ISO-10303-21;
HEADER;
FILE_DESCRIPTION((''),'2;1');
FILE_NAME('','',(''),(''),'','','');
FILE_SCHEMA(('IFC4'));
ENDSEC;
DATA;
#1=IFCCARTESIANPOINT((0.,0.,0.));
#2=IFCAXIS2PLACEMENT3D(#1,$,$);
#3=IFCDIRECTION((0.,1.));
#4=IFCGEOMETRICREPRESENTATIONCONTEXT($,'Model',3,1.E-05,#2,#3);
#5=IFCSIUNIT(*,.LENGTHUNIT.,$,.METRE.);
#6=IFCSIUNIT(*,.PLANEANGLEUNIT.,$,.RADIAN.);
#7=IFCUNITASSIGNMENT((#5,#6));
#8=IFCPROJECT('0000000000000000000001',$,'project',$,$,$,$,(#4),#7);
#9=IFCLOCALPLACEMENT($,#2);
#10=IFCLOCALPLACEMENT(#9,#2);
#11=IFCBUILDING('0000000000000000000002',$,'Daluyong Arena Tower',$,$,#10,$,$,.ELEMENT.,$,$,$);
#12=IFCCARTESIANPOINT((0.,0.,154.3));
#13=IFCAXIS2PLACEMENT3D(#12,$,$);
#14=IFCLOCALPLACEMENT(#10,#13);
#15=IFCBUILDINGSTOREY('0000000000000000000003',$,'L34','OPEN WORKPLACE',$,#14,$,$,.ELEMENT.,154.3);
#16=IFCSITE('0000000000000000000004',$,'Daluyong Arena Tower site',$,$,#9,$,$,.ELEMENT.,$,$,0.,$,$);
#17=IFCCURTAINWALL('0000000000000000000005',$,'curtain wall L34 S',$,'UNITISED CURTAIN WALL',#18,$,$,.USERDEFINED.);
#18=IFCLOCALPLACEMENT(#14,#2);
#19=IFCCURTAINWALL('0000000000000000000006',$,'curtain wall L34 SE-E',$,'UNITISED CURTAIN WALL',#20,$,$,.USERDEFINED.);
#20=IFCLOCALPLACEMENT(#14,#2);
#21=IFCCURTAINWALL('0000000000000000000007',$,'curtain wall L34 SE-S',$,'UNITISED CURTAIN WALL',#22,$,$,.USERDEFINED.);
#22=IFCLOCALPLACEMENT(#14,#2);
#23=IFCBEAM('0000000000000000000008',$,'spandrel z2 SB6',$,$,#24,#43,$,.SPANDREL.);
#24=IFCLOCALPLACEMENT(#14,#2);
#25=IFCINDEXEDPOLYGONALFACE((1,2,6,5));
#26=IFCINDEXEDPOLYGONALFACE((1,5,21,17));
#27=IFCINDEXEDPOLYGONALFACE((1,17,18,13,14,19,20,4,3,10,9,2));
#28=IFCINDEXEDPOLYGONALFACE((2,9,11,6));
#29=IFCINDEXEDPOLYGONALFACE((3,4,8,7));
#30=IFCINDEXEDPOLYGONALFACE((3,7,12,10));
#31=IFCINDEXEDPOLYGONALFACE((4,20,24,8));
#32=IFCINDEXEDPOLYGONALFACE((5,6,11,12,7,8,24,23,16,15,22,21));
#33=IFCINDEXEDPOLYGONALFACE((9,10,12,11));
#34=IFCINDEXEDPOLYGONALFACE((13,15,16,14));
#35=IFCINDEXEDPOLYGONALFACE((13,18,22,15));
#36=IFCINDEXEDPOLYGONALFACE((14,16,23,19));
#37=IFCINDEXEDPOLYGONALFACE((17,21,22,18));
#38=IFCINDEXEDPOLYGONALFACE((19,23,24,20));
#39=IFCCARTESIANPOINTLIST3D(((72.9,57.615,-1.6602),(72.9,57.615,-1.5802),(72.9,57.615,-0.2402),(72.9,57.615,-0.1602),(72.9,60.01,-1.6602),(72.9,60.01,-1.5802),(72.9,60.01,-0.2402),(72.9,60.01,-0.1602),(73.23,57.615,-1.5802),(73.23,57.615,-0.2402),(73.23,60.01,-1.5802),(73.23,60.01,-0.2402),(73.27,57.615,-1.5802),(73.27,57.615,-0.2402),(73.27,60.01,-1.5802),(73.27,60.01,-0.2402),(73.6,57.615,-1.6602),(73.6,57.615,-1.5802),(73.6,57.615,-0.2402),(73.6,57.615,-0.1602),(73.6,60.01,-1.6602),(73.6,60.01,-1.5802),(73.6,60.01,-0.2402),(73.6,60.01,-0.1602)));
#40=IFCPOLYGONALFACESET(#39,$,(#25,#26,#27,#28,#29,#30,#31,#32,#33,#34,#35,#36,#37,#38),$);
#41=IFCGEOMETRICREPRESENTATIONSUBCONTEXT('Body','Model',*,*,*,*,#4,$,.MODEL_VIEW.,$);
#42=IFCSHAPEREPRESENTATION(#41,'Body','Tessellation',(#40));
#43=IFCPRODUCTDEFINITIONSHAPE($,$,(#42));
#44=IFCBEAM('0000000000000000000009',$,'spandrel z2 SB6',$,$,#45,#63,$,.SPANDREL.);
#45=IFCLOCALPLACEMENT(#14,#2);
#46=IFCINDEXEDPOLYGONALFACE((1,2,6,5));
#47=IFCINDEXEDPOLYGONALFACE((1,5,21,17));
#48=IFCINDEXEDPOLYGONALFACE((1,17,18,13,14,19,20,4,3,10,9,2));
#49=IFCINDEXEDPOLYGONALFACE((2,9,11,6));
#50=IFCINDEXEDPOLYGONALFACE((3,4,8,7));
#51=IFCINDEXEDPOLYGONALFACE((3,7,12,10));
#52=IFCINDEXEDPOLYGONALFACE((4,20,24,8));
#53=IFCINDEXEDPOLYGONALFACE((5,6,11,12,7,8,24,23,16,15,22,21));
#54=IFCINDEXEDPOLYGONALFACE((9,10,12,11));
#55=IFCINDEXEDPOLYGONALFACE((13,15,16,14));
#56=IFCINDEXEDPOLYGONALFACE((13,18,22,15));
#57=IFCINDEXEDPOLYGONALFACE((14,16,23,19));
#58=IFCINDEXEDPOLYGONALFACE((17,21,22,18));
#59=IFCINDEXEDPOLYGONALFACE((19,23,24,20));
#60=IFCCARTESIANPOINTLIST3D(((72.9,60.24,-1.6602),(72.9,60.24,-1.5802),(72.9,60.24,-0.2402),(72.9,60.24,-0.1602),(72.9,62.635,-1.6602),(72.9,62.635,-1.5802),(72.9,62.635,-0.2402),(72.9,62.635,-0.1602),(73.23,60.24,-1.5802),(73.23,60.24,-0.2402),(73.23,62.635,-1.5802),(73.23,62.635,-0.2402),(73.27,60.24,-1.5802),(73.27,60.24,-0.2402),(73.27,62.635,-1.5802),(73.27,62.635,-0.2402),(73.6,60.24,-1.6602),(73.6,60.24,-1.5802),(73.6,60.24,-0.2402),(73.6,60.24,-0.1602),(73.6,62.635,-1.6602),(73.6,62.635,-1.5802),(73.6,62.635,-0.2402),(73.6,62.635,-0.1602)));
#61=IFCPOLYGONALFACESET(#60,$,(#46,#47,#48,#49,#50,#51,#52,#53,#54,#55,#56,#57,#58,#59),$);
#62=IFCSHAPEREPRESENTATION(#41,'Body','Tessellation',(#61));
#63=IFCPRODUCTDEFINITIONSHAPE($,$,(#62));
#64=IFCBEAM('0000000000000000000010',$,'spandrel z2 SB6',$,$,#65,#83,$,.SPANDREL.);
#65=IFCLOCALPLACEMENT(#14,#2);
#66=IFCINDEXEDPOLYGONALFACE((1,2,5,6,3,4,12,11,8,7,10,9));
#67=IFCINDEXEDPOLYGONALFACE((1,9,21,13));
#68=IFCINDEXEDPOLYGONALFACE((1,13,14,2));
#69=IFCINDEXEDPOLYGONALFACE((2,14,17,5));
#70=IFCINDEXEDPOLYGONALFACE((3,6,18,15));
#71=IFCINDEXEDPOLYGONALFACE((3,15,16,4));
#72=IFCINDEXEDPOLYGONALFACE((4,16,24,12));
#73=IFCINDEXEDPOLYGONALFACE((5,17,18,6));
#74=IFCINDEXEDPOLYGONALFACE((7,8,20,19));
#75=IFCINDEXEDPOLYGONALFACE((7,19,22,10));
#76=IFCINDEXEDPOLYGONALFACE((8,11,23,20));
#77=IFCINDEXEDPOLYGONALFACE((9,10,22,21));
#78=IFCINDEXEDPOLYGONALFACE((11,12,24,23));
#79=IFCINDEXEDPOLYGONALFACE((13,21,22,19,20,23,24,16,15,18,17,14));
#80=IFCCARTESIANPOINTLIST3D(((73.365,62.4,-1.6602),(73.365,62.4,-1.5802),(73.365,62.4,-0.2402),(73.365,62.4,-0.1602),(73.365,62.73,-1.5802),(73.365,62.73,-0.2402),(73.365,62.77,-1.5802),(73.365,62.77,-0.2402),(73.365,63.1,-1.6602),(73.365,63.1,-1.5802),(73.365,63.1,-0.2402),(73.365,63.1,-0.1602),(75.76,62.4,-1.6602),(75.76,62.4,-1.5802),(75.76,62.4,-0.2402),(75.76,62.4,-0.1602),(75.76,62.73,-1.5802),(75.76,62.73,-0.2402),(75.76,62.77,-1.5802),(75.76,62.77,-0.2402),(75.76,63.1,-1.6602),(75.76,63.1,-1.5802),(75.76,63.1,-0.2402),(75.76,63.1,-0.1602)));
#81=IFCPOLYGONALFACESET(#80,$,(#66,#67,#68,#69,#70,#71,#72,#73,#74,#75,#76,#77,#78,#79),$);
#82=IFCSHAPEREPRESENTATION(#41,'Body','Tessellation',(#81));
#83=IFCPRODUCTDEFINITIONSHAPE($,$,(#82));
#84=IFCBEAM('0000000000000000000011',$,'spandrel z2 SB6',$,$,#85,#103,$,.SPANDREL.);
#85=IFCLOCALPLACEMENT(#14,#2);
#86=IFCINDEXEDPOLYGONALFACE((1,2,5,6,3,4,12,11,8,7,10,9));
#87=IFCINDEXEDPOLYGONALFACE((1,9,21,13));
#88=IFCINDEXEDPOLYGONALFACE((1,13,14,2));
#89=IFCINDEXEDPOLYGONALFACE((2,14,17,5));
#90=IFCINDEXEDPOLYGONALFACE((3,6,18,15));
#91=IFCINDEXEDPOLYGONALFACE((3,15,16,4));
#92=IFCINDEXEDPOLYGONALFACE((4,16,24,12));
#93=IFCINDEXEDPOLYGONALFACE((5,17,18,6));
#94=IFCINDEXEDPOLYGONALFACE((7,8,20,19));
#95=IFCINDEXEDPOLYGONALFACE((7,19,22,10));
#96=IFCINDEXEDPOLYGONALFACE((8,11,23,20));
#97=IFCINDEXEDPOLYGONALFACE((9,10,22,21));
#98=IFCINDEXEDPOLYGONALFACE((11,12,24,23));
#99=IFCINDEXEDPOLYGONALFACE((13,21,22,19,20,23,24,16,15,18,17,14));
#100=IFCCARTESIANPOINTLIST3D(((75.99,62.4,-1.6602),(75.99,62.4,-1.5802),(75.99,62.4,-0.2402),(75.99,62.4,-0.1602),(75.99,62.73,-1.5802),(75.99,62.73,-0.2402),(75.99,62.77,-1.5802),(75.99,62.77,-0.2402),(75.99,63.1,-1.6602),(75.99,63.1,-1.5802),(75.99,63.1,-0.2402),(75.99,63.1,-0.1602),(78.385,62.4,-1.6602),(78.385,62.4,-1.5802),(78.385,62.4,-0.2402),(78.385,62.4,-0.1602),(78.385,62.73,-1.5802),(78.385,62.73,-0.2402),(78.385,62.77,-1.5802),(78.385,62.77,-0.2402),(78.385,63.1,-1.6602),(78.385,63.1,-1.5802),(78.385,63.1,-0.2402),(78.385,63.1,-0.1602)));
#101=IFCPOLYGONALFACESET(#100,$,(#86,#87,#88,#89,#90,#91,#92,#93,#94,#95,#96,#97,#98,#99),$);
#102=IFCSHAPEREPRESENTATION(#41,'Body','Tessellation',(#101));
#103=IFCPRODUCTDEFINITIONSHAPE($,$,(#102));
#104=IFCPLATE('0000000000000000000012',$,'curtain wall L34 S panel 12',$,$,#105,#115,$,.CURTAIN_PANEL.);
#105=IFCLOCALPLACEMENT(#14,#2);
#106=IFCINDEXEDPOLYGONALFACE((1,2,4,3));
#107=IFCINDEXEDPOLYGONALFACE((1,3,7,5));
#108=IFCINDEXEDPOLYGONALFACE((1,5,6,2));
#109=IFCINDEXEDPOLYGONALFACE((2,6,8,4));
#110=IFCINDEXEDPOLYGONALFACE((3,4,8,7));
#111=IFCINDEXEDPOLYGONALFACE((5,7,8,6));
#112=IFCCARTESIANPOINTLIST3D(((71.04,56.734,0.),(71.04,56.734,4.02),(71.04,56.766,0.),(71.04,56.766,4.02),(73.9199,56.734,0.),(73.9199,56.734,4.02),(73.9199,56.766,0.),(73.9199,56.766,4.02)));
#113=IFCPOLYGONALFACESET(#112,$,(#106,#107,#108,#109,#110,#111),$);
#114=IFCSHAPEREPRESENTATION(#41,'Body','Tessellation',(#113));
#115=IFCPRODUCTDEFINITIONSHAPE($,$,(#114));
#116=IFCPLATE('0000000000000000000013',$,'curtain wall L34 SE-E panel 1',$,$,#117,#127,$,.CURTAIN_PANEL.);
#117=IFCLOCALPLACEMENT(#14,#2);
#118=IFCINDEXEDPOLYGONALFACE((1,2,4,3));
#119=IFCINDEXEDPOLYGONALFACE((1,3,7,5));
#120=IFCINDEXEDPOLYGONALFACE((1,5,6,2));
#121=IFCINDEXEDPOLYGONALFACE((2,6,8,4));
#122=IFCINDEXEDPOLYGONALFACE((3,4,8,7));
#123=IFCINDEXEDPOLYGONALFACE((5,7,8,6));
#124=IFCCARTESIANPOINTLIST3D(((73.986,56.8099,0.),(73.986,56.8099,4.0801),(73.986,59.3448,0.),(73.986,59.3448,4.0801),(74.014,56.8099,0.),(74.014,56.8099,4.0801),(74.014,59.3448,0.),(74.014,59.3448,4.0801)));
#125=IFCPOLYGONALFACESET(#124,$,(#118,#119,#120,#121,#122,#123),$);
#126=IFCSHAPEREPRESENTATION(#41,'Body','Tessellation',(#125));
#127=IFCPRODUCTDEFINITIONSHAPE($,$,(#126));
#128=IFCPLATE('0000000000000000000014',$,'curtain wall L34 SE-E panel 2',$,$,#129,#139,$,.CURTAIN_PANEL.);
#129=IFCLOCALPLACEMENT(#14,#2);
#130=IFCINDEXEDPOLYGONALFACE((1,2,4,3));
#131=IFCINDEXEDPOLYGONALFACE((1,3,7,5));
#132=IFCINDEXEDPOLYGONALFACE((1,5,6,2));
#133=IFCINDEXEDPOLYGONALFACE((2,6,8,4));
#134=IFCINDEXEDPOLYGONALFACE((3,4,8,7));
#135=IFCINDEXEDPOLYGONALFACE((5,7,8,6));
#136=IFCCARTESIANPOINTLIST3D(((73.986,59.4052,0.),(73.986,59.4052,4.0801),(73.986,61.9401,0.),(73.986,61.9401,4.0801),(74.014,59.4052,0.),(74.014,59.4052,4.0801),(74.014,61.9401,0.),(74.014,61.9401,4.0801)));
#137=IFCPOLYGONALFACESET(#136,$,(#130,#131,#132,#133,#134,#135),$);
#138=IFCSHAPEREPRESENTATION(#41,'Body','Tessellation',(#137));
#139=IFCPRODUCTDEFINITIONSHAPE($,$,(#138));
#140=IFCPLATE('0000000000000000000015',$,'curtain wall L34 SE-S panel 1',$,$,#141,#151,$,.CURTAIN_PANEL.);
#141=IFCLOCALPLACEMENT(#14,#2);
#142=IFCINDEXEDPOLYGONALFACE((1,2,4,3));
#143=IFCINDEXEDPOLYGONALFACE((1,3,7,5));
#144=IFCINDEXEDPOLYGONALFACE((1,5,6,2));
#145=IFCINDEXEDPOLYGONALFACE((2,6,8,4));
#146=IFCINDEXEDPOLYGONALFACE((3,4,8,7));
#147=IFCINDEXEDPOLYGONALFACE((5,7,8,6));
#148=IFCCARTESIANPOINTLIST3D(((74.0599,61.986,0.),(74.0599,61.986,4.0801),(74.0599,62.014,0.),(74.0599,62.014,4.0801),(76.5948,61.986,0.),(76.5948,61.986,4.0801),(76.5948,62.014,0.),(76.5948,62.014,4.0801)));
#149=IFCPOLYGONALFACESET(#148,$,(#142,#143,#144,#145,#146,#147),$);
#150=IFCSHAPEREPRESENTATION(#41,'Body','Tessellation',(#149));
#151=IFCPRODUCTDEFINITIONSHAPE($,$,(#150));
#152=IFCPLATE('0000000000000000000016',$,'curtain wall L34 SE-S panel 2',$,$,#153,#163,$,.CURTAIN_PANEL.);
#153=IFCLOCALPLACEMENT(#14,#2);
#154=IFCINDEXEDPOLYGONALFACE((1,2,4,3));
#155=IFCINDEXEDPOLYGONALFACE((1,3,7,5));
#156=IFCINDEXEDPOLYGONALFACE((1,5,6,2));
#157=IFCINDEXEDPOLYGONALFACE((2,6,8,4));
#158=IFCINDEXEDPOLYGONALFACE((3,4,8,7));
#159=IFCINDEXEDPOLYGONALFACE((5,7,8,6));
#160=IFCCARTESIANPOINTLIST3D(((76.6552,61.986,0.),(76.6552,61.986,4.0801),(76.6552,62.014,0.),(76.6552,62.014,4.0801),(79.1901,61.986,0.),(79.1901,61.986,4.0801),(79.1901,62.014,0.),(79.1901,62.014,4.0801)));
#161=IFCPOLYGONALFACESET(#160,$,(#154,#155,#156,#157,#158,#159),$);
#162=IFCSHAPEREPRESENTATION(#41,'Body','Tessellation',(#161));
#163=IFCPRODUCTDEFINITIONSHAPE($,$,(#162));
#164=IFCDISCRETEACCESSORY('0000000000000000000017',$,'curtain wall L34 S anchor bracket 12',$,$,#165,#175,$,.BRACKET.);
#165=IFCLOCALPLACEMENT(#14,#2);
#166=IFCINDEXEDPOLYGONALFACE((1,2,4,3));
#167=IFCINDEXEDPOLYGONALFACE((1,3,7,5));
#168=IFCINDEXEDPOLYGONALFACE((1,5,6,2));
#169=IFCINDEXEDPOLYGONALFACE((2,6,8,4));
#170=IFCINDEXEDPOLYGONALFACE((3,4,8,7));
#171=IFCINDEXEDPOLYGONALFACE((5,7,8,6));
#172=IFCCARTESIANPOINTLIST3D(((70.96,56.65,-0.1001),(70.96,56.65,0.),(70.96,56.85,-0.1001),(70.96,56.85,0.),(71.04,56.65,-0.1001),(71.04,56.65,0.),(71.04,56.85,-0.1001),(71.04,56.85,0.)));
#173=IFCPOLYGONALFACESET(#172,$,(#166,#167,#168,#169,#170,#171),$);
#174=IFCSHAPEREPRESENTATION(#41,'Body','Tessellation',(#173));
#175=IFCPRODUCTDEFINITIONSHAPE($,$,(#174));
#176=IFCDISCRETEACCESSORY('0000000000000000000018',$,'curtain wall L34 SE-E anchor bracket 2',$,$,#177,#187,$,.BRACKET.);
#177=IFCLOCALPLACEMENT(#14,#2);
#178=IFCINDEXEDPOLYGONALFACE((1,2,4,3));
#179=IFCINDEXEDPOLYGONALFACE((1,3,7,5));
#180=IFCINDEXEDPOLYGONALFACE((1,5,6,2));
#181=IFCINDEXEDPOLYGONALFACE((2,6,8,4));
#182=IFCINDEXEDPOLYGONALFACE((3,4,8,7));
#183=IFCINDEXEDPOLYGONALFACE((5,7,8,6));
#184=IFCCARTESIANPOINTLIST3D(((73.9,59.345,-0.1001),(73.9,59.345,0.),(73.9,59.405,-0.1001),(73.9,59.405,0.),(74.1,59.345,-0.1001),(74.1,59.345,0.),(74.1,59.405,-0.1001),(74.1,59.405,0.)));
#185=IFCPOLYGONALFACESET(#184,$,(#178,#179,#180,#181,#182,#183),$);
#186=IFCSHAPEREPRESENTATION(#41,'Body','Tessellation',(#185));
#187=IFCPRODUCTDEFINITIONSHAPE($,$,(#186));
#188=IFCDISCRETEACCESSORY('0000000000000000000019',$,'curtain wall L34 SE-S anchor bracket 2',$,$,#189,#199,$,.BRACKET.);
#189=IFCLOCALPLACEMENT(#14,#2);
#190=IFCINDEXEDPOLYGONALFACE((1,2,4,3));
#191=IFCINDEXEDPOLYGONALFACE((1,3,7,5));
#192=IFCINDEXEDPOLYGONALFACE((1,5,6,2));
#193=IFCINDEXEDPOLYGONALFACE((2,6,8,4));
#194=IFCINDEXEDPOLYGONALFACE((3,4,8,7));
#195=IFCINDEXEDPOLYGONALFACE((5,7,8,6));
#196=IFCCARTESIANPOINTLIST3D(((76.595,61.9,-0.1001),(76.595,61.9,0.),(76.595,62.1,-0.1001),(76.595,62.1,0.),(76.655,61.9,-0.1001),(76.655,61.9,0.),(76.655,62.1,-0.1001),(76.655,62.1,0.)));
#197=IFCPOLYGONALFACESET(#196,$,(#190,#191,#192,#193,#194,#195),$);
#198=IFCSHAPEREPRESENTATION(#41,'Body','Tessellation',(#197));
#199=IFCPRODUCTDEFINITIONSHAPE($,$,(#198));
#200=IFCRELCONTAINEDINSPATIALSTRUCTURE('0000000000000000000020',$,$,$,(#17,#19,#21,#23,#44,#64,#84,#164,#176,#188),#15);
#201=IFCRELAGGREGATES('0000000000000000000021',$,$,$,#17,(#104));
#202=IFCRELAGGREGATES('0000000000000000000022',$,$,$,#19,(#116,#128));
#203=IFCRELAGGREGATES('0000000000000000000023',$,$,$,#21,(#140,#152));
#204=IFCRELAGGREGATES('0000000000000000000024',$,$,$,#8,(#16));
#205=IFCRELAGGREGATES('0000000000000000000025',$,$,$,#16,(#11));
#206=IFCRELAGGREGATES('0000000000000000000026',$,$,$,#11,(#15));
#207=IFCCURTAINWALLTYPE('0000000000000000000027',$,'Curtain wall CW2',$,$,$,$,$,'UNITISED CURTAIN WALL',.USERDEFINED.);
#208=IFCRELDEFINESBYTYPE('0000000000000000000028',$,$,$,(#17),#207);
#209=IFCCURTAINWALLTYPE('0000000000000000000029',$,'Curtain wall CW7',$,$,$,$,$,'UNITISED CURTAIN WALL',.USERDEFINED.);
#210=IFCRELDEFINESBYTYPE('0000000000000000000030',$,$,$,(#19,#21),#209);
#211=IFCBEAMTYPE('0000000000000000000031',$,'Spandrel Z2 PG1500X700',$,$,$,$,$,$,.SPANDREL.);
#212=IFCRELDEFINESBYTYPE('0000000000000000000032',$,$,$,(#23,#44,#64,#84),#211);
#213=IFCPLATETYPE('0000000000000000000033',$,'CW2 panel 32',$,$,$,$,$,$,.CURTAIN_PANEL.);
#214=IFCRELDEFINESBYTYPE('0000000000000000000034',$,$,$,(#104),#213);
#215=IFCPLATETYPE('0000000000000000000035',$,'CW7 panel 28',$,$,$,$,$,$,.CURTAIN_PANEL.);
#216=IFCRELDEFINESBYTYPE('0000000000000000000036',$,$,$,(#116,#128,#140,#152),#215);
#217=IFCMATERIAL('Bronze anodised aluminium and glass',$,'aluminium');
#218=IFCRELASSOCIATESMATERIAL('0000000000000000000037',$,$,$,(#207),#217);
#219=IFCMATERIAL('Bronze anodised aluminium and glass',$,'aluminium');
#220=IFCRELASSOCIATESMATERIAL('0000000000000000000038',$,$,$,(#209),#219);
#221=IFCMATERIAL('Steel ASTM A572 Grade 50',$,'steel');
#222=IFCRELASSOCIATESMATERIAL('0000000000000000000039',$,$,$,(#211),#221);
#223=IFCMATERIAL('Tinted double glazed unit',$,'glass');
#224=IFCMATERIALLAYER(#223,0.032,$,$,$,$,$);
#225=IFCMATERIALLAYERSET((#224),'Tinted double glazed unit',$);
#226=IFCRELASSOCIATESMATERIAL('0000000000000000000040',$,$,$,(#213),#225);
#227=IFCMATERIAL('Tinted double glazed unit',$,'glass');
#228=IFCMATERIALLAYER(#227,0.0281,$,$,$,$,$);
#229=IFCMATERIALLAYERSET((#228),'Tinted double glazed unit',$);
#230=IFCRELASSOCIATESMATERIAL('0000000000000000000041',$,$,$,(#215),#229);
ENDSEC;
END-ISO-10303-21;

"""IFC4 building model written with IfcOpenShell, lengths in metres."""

from ifc_helpers import new_model, si_unit, direction, frame, origin, origin_2d, place, context, subcontext, project, spatial, rectangle, i_section, extrude, material, layer, layer_set, material_profile, profile_set, type_object, element, aggregate, save


model = new_model("IFC4")

# Units and contexts
model_context = context("Model", 3, precision=1e-05, world=origin(), true_north=direction((0.0, 1.0)))
body_context = subcontext(model_context, "Body", "Model", "MODEL_VIEW")
ifc_project = project(units=[si_unit("LENGTHUNIT", "METRE"), si_unit("PLANEANGLEUNIT", "RADIAN")], contexts=[model_context])

# Site, building, storey
site_placement = place(None, origin())
site = spatial("IfcSite", under=ifc_project, at=site_placement, Name="Daluyong Arena Tower site", CompositionType="ELEMENT", RefElevation=0.0)
building_placement = place(site_placement, origin())
building = spatial("IfcBuilding", under=site, at=building_placement, Name="Daluyong Arena Tower", CompositionType="ELEMENT")
storey_placement = place(building_placement, frame((0.0, 0.0, 154.3)))
storey = spatial("IfcBuildingStorey", under=building, at=storey_placement, Name="L34", Description="OPEN WORKPLACE", CompositionType="ELEMENT", Elevation=154.3)

# Curtain wall
ifc_material_1 = material(Name="Bronze anodised aluminium and glass", Category="aluminium")
curtain_wall_type_1 = type_object("IfcCurtainWallType", Name="Curtain wall CW2", ElementType="UNITISED CURTAIN WALL", PredefinedType="USERDEFINED", material=ifc_material_1)
curtain_wall_1_placement = place(storey_placement, origin())
curtain_wall_1 = element("IfcCurtainWall", 1, at=curtain_wall_1_placement, inside=storey, type_object=curtain_wall_type_1, Name="curtain wall L34 S", ObjectType="UNITISED CURTAIN WALL", PredefinedType="USERDEFINED")

# Curtain walls
ifc_material_2 = material(Name="Bronze anodised aluminium and glass", Category="aluminium")
curtain_wall_type_2 = type_object("IfcCurtainWallType", Name="Curtain wall CW7", ElementType="UNITISED CURTAIN WALL", PredefinedType="USERDEFINED", material=ifc_material_2)
curtain_wall_2_placement = place(storey_placement, origin())
curtain_wall_2 = element("IfcCurtainWall", 2, at=curtain_wall_2_placement, inside=storey, type_object=curtain_wall_type_2, Name="curtain wall L34 SE-E", ObjectType="UNITISED CURTAIN WALL", PredefinedType="USERDEFINED")
curtain_wall_3_placement = place(storey_placement, origin())
curtain_wall_3 = element("IfcCurtainWall", 3, at=curtain_wall_3_placement, inside=storey, type_object=curtain_wall_type_2, Name="curtain wall L34 SE-S", ObjectType="UNITISED CURTAIN WALL", PredefinedType="USERDEFINED")

# Beams
ifc_material_3 = material(Name="Steel ASTM A572 Grade 50", Category="steel")
ifc_material_profile_1 = material_profile(ifc_material_3, i_section(OverallWidth=0.7, OverallDepth=1.5, WebThickness=0.04, FlangeThickness=0.08, at=origin_2d()))
ifc_profile_set_1 = profile_set([ifc_material_profile_1], Name="Steel ASTM A572 Grade 50")
beam_type_1 = type_object("IfcBeamType", Name="Spandrel Z2 PG1500X700", PredefinedType="SPANDREL", material=ifc_profile_set_1)
for number, where, z_axis, x_axis, name in (
    (4, (73.25, 57.615, -0.9102), (0.0, 1.0, 0.0), (-1.0, 0.0, 0.0), "spandrel z2 SB6"),
    (5, (73.25, 60.24, -0.9102), (0.0, 1.0, 0.0), (-1.0, 0.0, 0.0), "spandrel z2 SB6"),
    (6, (73.365, 62.75, -0.9102), (1.0, 0.0, 0.0), (0.0, 1.0, 0.0), "spandrel z2 SB6"),
    (7, (75.99, 62.75, -0.9102), (1.0, 0.0, 0.0), (0.0, 1.0, 0.0), "spandrel z2 SB6"),
):
    element("IfcBeam", number, at=place(storey_placement, frame(where, z_axis=z_axis, x_axis=x_axis)), inside=storey, type_object=beam_type_1, Name=name, PredefinedType="SPANDREL", context=body_context, shape_type="SweptSolid", body=[
        extrude(i_section(OverallWidth=0.7, OverallDepth=1.5, WebThickness=0.04, FlangeThickness=0.08, at=origin_2d()), origin(), (0.0, 0.0, 1.0), 2.395),
    ])

# Plates
ifc_material_4 = material(Name="Tinted double glazed unit", Category="glass")
ifc_layer_1 = layer(ifc_material_4, 0.032)
ifc_layer_set_1 = layer_set([ifc_layer_1], Name="Tinted double glazed unit")
plate_type_1 = type_object("IfcPlateType", Name="CW2 panel 32", PredefinedType="CURTAIN_PANEL", material=ifc_layer_set_1)
plate_1_placement = place(storey_placement, frame((72.48, 56.75, 0.0), z_axis=(0.0, 0.0, 1.0), x_axis=(1.0, 0.0, 0.0)))
plate_1 = element("IfcPlate", 8, at=plate_1_placement, type_object=plate_type_1, Name="curtain wall L34 S panel 12", PredefinedType="CURTAIN_PANEL", context=body_context, shape_type="SweptSolid", body=[
    extrude(rectangle(XDim=2.8799, YDim=0.032, at=origin_2d()), origin(), (0.0, 0.0, 1.0), 4.02),
])
aggregate(curtain_wall_1, [plate_1])
ifc_material_5 = material(Name="Tinted double glazed unit", Category="glass")
ifc_layer_2 = layer(ifc_material_5, 0.0281)
ifc_layer_set_2 = layer_set([ifc_layer_2], Name="Tinted double glazed unit")
plate_type_2 = type_object("IfcPlateType", Name="CW7 panel 28", PredefinedType="CURTAIN_PANEL", material=ifc_layer_set_2)
plate_2_placement = place(storey_placement, frame((74.0, 58.0774, 0.0), z_axis=(0.0, 0.0, 1.0), x_axis=(0.0, 1.0, 0.0)))
plate_2 = element("IfcPlate", 9, at=plate_2_placement, type_object=plate_type_2, Name="curtain wall L34 SE-E panel 1", PredefinedType="CURTAIN_PANEL", context=body_context, shape_type="SweptSolid", body=[
    extrude(rectangle(XDim=2.5349, YDim=0.0281, at=origin_2d()), origin(), (0.0, 0.0, 1.0), 4.0801),
])
plate_3_placement = place(storey_placement, frame((74.0, 60.6726, 0.0), z_axis=(0.0, 0.0, 1.0), x_axis=(0.0, 1.0, 0.0)))
plate_3 = element("IfcPlate", 10, at=plate_3_placement, type_object=plate_type_2, Name="curtain wall L34 SE-E panel 2", PredefinedType="CURTAIN_PANEL", context=body_context, shape_type="SweptSolid", body=[
    extrude(rectangle(XDim=2.5349, YDim=0.0281, at=origin_2d()), origin(), (0.0, 0.0, 1.0), 4.0801),
])
aggregate(curtain_wall_2, [plate_2, plate_3])
plate_4_placement = place(storey_placement, frame((75.3274, 62.0, 0.0), z_axis=(0.0, 0.0, 1.0), x_axis=(1.0, 0.0, 0.0)))
plate_4 = element("IfcPlate", 11, at=plate_4_placement, type_object=plate_type_2, Name="curtain wall L34 SE-S panel 1", PredefinedType="CURTAIN_PANEL", context=body_context, shape_type="SweptSolid", body=[
    extrude(rectangle(XDim=2.5349, YDim=0.0281, at=origin_2d()), origin(), (0.0, 0.0, 1.0), 4.0801),
])
plate_5_placement = place(storey_placement, frame((77.9226, 62.0, 0.0), z_axis=(0.0, 0.0, 1.0), x_axis=(1.0, 0.0, 0.0)))
plate_5 = element("IfcPlate", 12, at=plate_5_placement, type_object=plate_type_2, Name="curtain wall L34 SE-S panel 2", PredefinedType="CURTAIN_PANEL", context=body_context, shape_type="SweptSolid", body=[
    extrude(rectangle(XDim=2.5349, YDim=0.0281, at=origin_2d()), origin(), (0.0, 0.0, 1.0), 4.0801),
])
aggregate(curtain_wall_3, [plate_4, plate_5])

# Discrete accessories
discrete_accessory_placement = place(storey_placement, frame((71.0, 56.75, -0.1001), z_axis=(0.0, 0.0, 1.0), x_axis=(1.0, 0.0, 0.0)))
element("IfcDiscreteAccessory", 13, at=discrete_accessory_placement, inside=storey, Name="curtain wall L34 S anchor bracket 12", PredefinedType="BRACKET", context=body_context, shape_type="SweptSolid", body=[
    extrude(rectangle(XDim=0.0801, YDim=0.2, at=origin_2d()), origin(), (0.0, 0.0, 1.0), 0.1001),
])
for number, where, z_axis, x_axis, name in (
    (14, (74.0, 59.375, -0.1001), (0.0, 0.0, 1.0), (0.0, 1.0, 0.0), "curtain wall L34 SE-E anchor bracket 2"),
    (15, (76.625, 62.0, -0.1001), (0.0, 0.0, 1.0), (1.0, 0.0, 0.0), "curtain wall L34 SE-S anchor bracket 2"),
):
    element("IfcDiscreteAccessory", number, at=place(storey_placement, frame(where, z_axis=z_axis, x_axis=x_axis)), inside=storey, Name=name, PredefinedType="BRACKET", context=body_context, shape_type="SweptSolid", body=[
        extrude(rectangle(XDim=0.0601, YDim=0.2, at=origin_2d()), origin(), (0.0, 0.0, 1.0), 0.1001),
    ])

save(model, "model.ifc")
